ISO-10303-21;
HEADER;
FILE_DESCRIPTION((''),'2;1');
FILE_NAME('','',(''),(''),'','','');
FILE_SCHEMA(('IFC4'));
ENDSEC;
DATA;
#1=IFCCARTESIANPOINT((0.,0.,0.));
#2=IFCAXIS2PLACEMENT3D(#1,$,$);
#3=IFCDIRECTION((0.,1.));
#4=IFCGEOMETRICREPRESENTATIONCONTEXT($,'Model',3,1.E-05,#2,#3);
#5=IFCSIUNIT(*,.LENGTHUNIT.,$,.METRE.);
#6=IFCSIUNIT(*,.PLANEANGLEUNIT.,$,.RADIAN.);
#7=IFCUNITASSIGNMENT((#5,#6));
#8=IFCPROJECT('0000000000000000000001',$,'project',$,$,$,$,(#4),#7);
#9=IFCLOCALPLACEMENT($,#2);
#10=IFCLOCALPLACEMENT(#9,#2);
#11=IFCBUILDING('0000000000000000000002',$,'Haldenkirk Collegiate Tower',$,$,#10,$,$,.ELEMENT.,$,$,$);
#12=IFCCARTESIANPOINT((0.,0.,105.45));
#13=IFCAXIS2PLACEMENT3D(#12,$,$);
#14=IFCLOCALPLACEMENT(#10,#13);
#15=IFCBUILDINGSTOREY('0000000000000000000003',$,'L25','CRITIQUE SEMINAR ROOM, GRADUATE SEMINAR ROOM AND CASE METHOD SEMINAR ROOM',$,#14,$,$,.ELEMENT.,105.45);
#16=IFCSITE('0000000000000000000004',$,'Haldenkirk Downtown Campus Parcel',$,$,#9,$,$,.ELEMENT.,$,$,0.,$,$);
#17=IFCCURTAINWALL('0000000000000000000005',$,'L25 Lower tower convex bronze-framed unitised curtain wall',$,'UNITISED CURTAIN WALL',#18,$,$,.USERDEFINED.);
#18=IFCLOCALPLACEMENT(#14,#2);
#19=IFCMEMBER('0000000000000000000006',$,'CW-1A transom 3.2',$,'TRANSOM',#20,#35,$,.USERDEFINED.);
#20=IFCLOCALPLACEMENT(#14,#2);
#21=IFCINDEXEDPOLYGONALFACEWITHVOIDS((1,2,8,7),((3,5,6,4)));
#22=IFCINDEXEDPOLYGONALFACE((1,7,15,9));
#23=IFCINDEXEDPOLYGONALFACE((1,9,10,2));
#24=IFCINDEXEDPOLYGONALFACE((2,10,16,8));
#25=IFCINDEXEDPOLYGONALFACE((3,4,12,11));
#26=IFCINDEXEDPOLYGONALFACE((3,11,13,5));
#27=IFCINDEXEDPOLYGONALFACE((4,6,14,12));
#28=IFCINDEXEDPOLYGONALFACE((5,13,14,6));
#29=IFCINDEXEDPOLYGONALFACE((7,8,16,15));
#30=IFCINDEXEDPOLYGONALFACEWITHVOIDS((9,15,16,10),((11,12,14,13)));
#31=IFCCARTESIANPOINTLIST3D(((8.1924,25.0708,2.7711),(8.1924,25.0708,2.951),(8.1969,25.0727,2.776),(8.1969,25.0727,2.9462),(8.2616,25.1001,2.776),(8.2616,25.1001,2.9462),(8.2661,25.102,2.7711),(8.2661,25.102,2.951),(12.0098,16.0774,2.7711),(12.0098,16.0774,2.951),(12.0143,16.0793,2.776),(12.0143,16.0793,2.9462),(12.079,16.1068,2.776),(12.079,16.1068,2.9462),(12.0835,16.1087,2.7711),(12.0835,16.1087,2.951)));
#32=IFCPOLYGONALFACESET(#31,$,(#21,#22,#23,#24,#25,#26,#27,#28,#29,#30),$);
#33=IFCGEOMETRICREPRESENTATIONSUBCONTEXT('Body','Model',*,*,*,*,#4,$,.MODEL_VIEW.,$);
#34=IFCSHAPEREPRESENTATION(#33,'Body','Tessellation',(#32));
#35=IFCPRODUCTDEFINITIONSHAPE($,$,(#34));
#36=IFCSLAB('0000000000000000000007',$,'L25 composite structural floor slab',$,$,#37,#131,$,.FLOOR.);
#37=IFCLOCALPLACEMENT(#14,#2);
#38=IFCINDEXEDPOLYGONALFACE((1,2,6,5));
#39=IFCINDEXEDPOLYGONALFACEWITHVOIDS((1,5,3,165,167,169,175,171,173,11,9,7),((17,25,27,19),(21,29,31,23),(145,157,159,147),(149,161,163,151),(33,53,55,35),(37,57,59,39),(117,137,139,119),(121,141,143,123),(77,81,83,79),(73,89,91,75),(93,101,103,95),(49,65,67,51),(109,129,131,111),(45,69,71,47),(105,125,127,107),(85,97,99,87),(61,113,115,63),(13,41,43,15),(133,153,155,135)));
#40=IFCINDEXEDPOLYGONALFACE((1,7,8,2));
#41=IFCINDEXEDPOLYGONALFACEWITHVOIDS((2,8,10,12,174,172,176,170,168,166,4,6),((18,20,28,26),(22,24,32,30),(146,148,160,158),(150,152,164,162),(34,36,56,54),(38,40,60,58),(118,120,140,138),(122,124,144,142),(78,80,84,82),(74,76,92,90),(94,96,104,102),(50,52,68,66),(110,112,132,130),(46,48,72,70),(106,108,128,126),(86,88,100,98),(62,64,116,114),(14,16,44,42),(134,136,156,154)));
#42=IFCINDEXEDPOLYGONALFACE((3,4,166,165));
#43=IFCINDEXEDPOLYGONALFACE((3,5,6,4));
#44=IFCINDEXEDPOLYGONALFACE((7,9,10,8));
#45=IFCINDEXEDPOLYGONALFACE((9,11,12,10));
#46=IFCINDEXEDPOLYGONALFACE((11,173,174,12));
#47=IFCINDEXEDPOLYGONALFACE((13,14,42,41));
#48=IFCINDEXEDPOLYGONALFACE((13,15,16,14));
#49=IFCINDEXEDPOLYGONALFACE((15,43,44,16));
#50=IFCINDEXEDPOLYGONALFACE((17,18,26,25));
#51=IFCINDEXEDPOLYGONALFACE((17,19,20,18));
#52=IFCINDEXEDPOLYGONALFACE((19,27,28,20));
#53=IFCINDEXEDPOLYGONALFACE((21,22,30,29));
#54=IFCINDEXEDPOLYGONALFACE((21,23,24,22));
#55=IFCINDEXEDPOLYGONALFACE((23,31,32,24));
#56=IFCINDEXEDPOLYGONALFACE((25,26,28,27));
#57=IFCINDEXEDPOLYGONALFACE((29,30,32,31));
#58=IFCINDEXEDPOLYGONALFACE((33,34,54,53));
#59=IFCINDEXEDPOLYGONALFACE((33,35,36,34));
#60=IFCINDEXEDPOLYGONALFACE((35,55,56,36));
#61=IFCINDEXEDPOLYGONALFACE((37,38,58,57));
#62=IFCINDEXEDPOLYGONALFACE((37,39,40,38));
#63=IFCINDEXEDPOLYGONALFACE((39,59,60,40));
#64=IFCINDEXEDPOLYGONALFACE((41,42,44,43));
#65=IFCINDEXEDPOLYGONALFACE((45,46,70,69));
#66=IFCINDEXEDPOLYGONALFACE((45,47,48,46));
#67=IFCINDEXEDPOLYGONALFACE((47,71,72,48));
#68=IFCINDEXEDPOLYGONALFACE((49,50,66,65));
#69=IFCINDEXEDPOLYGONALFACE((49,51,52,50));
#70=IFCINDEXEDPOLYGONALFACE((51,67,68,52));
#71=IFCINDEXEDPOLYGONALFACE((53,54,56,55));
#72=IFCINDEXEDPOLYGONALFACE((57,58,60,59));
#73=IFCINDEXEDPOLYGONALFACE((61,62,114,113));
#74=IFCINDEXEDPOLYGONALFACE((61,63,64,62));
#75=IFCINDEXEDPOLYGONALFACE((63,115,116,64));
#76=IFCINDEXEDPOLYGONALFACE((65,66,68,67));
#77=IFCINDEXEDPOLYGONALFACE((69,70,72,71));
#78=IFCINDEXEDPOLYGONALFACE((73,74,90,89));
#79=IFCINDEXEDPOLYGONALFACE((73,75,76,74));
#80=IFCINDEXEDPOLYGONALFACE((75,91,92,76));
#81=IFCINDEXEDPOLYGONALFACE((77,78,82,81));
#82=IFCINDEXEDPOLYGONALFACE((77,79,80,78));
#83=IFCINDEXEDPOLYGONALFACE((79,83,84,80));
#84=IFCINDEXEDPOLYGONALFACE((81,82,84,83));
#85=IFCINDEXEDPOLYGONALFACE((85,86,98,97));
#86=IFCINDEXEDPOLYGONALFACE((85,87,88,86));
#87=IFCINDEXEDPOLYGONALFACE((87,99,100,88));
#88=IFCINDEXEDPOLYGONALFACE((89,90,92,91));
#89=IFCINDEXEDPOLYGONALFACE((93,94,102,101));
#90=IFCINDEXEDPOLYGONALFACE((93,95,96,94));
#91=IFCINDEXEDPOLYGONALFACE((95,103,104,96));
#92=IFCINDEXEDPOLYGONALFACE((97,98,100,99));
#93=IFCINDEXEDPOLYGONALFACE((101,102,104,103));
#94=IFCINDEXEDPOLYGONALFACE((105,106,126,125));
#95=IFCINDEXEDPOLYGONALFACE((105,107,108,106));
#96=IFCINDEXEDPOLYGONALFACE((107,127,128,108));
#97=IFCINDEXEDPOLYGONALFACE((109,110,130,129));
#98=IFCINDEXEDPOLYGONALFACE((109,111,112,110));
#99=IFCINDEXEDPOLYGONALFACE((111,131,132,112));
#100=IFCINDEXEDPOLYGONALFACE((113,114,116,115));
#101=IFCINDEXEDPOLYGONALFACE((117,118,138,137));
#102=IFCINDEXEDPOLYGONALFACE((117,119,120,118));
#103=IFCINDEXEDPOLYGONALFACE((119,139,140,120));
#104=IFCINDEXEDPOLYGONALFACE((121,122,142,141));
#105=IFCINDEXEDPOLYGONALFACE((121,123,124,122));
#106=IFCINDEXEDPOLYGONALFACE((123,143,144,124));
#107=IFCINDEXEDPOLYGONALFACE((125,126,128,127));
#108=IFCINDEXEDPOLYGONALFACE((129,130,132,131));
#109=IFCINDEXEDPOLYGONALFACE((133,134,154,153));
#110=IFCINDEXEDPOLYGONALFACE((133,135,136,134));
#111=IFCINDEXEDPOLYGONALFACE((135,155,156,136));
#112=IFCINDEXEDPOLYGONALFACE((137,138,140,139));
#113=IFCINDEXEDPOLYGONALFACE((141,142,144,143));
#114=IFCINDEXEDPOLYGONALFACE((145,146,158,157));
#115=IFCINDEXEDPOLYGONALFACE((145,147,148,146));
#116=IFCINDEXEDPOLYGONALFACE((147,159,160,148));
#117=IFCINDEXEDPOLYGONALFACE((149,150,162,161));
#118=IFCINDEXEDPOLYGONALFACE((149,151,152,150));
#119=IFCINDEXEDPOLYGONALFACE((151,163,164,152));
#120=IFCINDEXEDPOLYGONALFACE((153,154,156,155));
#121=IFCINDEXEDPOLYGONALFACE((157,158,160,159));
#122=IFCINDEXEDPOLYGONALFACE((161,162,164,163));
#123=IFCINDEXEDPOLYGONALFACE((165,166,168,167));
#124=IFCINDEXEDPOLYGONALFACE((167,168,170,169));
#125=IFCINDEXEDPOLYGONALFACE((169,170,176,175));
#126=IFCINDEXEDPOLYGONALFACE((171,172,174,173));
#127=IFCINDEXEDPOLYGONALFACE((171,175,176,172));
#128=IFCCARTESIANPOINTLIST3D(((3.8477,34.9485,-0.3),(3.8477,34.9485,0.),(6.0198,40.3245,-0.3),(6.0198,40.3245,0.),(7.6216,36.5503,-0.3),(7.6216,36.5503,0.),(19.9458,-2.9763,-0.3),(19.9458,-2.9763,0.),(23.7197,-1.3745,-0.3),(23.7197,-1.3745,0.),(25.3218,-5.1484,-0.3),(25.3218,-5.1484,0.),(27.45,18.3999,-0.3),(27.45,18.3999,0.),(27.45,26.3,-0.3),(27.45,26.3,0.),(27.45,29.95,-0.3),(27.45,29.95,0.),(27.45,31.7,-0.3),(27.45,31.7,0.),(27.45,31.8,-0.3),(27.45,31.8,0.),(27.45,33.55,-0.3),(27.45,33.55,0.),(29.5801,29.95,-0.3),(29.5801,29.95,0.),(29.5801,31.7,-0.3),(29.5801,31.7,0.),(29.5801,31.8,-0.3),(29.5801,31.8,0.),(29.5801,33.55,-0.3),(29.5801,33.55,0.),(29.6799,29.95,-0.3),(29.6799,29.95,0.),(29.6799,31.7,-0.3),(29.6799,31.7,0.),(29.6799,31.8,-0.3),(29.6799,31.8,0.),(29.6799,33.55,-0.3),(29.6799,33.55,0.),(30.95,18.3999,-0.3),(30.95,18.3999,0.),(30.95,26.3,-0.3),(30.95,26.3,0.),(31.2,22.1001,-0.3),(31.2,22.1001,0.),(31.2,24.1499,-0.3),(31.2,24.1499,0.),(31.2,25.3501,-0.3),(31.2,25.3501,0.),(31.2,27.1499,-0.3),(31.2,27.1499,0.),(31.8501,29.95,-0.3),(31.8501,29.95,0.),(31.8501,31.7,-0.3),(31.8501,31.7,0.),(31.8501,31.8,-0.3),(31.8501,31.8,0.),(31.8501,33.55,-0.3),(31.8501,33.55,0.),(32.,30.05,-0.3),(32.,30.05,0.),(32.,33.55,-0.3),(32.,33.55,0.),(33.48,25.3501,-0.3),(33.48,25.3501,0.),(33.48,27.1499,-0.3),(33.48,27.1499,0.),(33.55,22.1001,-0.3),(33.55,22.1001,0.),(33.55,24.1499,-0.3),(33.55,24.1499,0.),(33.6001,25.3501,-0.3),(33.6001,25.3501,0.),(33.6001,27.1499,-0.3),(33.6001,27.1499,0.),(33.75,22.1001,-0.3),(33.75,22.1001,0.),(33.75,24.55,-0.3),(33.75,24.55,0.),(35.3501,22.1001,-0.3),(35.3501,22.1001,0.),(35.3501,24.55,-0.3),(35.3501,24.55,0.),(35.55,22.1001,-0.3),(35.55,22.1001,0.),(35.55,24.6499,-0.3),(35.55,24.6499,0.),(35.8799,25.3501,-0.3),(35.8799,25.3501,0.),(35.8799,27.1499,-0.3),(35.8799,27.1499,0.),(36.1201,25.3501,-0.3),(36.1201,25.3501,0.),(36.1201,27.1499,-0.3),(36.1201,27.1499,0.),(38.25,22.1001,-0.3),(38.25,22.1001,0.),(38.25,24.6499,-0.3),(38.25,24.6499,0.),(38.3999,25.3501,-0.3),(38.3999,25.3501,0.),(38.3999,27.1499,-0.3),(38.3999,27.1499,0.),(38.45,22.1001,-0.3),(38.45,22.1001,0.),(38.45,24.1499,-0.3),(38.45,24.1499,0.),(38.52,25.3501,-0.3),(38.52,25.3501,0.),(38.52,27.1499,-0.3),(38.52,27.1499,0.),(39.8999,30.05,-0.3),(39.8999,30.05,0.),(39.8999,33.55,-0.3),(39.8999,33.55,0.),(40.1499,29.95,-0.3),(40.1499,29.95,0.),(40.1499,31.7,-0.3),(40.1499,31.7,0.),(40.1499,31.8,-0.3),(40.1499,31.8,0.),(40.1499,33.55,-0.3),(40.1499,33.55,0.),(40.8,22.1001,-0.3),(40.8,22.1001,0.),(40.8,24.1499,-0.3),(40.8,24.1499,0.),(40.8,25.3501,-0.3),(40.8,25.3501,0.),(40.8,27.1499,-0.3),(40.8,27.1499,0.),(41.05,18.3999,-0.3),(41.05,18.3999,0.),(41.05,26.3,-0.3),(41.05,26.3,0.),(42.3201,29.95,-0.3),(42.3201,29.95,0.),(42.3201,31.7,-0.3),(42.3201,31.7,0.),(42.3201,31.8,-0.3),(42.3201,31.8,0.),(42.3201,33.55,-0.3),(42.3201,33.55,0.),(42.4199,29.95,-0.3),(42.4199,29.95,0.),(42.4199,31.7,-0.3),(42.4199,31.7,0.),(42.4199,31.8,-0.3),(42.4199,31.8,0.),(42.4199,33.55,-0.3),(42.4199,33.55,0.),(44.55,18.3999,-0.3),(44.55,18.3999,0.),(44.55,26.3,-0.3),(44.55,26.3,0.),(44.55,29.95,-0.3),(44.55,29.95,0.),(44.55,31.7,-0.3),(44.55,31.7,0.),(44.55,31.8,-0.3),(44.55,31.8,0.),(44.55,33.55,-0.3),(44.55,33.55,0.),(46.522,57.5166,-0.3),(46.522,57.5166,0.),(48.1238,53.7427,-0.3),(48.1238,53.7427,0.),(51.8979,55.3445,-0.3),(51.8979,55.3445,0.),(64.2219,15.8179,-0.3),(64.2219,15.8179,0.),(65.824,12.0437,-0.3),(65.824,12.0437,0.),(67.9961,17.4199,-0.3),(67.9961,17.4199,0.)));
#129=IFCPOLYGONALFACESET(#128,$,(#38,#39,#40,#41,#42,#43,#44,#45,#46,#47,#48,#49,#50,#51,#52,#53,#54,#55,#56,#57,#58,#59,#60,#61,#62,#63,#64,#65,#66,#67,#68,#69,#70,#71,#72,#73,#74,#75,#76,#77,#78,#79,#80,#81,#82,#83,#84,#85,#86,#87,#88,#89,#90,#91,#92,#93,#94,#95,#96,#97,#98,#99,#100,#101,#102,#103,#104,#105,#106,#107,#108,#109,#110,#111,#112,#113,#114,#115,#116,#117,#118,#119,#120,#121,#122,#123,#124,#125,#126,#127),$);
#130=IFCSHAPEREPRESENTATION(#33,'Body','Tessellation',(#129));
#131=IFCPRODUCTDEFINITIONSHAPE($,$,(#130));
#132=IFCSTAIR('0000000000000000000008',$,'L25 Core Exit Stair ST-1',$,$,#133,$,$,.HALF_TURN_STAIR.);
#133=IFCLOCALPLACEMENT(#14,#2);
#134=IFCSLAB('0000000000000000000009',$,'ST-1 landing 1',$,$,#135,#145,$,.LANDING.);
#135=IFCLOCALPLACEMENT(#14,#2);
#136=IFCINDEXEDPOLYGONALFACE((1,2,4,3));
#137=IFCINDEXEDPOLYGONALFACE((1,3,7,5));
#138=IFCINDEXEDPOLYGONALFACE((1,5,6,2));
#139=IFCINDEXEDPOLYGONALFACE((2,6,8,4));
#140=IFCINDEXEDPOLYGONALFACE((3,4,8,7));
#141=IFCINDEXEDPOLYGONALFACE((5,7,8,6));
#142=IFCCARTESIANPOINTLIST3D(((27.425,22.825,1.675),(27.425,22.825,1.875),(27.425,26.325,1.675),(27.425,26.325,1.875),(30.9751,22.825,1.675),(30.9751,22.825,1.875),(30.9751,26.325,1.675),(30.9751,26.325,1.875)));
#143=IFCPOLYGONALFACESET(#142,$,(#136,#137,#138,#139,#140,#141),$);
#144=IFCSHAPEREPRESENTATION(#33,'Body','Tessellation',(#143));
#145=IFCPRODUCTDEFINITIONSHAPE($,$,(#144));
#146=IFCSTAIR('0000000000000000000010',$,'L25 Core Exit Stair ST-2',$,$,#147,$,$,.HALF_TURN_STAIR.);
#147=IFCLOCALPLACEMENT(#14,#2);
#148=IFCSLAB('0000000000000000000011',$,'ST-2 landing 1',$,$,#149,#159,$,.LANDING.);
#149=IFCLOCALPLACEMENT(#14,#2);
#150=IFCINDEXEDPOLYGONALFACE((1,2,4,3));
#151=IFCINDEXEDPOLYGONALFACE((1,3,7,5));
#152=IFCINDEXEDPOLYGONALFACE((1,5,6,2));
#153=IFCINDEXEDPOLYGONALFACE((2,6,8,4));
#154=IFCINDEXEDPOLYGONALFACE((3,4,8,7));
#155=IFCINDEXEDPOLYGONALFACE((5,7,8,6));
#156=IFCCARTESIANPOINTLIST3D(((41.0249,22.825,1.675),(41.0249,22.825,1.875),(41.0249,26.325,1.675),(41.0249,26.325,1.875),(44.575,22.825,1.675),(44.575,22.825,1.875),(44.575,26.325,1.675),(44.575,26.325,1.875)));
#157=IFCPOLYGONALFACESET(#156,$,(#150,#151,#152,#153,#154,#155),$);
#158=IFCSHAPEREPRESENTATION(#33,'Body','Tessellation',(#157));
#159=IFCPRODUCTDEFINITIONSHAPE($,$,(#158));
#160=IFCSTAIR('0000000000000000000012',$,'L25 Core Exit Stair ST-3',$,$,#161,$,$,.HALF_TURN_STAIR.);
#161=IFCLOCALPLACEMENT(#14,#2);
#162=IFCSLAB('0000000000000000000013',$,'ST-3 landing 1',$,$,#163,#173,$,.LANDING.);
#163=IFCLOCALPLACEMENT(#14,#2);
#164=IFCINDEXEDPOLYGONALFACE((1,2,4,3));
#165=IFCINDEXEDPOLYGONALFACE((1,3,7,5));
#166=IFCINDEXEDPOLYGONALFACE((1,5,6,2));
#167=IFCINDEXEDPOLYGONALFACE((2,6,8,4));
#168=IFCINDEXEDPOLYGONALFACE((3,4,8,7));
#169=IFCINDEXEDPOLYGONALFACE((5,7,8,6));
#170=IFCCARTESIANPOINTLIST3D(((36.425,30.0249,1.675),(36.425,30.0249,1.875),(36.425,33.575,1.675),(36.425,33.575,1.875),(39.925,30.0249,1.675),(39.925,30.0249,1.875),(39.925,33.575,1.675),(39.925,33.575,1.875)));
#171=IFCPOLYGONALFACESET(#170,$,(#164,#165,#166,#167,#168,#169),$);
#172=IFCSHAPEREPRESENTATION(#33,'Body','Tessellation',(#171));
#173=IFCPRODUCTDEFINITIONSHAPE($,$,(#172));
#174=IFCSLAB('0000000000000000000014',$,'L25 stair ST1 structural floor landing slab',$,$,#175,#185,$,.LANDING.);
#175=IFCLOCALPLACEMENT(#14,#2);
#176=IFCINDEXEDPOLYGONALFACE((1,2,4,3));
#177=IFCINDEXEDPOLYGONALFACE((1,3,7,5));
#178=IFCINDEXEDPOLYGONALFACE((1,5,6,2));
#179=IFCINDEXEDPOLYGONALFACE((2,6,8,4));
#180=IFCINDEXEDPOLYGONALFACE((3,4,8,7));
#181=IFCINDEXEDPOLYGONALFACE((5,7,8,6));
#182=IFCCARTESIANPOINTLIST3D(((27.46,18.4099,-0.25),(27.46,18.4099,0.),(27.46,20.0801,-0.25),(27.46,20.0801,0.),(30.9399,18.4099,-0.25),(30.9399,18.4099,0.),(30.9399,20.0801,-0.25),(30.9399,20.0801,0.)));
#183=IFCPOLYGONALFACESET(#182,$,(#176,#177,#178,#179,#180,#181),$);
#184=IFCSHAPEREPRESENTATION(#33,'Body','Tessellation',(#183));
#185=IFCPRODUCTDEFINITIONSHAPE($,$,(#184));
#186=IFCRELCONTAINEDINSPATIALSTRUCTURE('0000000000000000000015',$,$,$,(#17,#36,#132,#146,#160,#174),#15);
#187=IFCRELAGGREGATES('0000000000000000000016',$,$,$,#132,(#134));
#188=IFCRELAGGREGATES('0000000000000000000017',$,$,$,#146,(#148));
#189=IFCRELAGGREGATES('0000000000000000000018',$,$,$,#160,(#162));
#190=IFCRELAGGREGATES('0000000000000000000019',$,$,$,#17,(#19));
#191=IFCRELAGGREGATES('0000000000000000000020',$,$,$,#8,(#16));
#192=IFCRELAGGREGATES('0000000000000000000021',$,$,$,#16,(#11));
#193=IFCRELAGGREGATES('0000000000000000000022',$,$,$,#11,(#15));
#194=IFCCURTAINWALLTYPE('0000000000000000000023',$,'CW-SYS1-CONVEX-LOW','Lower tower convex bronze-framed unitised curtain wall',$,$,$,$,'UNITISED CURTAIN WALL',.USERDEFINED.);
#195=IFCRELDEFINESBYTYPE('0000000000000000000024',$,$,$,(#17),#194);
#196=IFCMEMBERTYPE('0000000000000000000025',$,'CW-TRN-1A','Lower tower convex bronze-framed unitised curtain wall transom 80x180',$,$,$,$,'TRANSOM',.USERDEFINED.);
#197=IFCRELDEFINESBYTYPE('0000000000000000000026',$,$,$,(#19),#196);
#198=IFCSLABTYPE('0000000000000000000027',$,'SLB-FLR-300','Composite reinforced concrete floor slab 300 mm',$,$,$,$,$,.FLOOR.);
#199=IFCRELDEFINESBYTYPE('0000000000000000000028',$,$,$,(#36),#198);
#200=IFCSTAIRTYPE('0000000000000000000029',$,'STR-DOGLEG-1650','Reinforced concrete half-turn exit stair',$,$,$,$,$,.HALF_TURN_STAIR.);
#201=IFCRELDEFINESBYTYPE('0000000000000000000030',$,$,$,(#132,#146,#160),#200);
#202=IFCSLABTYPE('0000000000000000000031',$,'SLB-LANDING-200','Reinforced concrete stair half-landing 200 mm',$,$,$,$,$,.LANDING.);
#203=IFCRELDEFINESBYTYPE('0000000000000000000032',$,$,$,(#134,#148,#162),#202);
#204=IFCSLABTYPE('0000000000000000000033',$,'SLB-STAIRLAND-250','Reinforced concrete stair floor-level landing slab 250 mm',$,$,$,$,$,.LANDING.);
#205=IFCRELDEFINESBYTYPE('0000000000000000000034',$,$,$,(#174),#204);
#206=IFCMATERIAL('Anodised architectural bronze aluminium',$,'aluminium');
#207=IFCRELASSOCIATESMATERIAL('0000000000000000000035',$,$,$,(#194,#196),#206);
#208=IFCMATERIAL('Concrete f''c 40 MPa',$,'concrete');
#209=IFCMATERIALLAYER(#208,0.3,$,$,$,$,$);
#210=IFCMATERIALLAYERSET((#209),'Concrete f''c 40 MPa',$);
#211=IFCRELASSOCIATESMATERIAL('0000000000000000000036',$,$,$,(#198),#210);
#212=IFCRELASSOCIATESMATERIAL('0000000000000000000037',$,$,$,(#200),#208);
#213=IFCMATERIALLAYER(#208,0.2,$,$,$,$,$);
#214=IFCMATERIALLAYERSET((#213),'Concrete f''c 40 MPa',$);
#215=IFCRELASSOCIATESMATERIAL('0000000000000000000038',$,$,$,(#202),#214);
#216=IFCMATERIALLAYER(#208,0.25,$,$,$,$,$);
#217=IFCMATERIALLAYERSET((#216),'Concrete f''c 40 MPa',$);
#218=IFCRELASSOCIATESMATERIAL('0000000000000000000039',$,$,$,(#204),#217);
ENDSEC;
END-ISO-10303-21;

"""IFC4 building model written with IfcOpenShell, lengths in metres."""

from ifc_helpers import new_model, si_unit, direction, frame, origin, origin_2d, place, context, subcontext, project, spatial, polyline, hollow_rectangle, outline, extrude, material, layer, layer_set, material_profile, profile_set, type_object, element, aggregate, save


model = new_model("IFC4")

# Units and contexts
model_context = context("Model", 3, precision=1e-05, world=origin(), true_north=direction((0.0, 1.0)))
body_context = subcontext(model_context, "Body", "Model", "MODEL_VIEW")
ifc_project = project(units=[si_unit("LENGTHUNIT", "METRE"), si_unit("PLANEANGLEUNIT", "RADIAN")], contexts=[model_context])

# Site, building, storey
site_placement = place(None, origin())
site = spatial("IfcSite", under=ifc_project, at=site_placement, Name="Haldenkirk Downtown Campus Parcel", CompositionType="ELEMENT", RefElevation=0.0)
building_placement = place(site_placement, origin())
building = spatial("IfcBuilding", under=site, at=building_placement, Name="Haldenkirk Collegiate Tower", CompositionType="ELEMENT")
storey_placement = place(building_placement, frame((0.0, 0.0, 105.45)))
storey = spatial("IfcBuildingStorey", under=building, at=storey_placement, Name="L25", Description="CRITIQUE SEMINAR ROOM, GRADUATE SEMINAR ROOM AND CASE METHOD SEMINAR ROOM", CompositionType="ELEMENT", Elevation=105.45)

# Curtain wall, member
ifc_material_1 = material(Name="Anodised architectural bronze aluminium", Category="aluminium")
curtain_wall_type = type_object("IfcCurtainWallType", Name="CW-SYS1-CONVEX-LOW", Description="Lower tower convex bronze-framed unitised curtain wall", ElementType="UNITISED CURTAIN WALL", PredefinedType="USERDEFINED", material=ifc_material_1)
curtain_wall_placement = place(storey_placement, origin())
curtain_wall = element("IfcCurtainWall", 1, at=curtain_wall_placement, inside=storey, type_object=curtain_wall_type, Name="L25 Lower tower convex bronze-framed unitised curtain wall", ObjectType="UNITISED CURTAIN WALL", PredefinedType="USERDEFINED")
ifc_material_profile_1 = material_profile(ifc_material_1, hollow_rectangle(XDim=0.0801, YDim=0.1799, WallThickness=0.0049, at=origin_2d()), Name="CW-TRN-1A")
ifc_profile_set_1 = profile_set([ifc_material_profile_1], Name="Anodised architectural bronze aluminium")
member_type_1 = type_object("IfcMemberType", Name="CW-TRN-1A", Description="Lower tower convex bronze-framed unitised curtain wall transom 80x180", ElementType="TRANSOM", PredefinedType="USERDEFINED", material=ifc_profile_set_1)
member_1_placement = place(storey_placement, frame((12.0466, 16.093, 2.8611), z_axis=(-0.390723, 0.920508, 0.0), x_axis=(-0.920508, -0.390723, 0.0)))
member_1 = element("IfcMember", 2, at=member_1_placement, type_object=member_type_1, Name="CW-1A transom 3.2", ObjectType="TRANSOM", PredefinedType="USERDEFINED", context=body_context, shape_type="SweptSolid", body=[
    extrude(hollow_rectangle(XDim=0.0801, YDim=0.1799, WallThickness=0.0049, at=origin_2d()), origin(), (0.0, 0.0, 1.0), 9.77),
])

# Slab
ifc_material_2 = material(Name="Concrete f'c 40 MPa", Category="concrete")
ifc_layer_1 = layer(ifc_material_2, 0.3)
ifc_layer_set_1 = layer_set([ifc_layer_1], Name="Concrete f'c 40 MPa")
slab_type_1 = type_object("IfcSlabType", Name="SLB-FLR-300", Description="Composite reinforced concrete floor slab 300 mm", PredefinedType="FLOOR", material=ifc_layer_set_1)
slab_1_placement = place(storey_placement, frame((0.0, 0.0, -0.3)))
element("IfcSlab", 3, at=slab_1_placement, inside=storey, type_object=slab_type_1, Name="L25 composite structural floor slab", PredefinedType="FLOOR", context=body_context, shape_type="SweptSolid", body=[
    extrude(outline(polyline([(25.3218, -5.1484), (65.824, 12.0437), (64.2219, 15.8179), (67.9961, 17.4199), (51.8979, 55.3445), (48.1238, 53.7427), (46.522, 57.5166), (6.0198, 40.3245), (7.6216, 36.5503), (3.8477, 34.9485), (19.9458, -2.9763), (23.7197, -1.3745), (25.3218, -5.1484)]), holes=[polyline([(27.45, 18.3999), (30.95, 18.3999), (30.95, 26.3), (27.45, 26.3), (27.45, 18.3999)]), polyline([(41.05, 18.3999), (44.55, 18.3999), (44.55, 26.3), (41.05, 26.3), (41.05, 18.3999)]), polyline([(32.0, 30.05), (39.8999, 30.05), (39.8999, 33.55), (32.0, 33.55), (32.0, 30.05)]), polyline([(33.75, 22.1001), (35.3501, 22.1001), (35.3501, 24.55), (33.75, 24.55), (33.75, 22.1001)]), polyline([(27.45, 29.95), (29.5801, 29.95), (29.5801, 31.7), (27.45, 31.7), (27.45, 29.95)]), polyline([(29.6799, 29.95), (31.8501, 29.95), (31.8501, 31.7), (29.6799, 31.7), (29.6799, 29.95)]), polyline([(27.45, 31.8), (29.5801, 31.8), (29.5801, 33.55), (27.45, 33.55), (27.45, 31.8)]), polyline([(29.6799, 31.8), (31.8501, 31.8), (31.8501, 33.55), (29.6799, 33.55), (29.6799, 31.8)]), polyline([(40.1499, 29.95), (42.3201, 29.95), (42.3201, 31.7), (40.1499, 31.7), (40.1499, 29.95)]), polyline([(42.4199, 29.95), (44.55, 29.95), (44.55, 31.7), (42.4199, 31.7), (42.4199, 29.95)]), polyline([(40.1499, 31.8), (42.3201, 31.8), (42.3201, 33.55), (40.1499, 33.55), (40.1499, 31.8)]), polyline([(42.4199, 31.8), (44.55, 31.8), (44.55, 33.55), (42.4199, 33.55), (42.4199, 31.8)]), polyline([(31.2, 25.3501), (33.48, 25.3501), (33.48, 27.1499), (31.2, 27.1499), (31.2, 25.3501)]), polyline([(33.6001, 25.3501), (35.8799, 25.3501), (35.8799, 27.1499), (33.6001, 27.1499), (33.6001, 25.3501)]), polyline([(36.1201, 25.3501), (38.3999, 25.3501), (38.3999, 27.1499), (36.1201, 27.1499), (36.1201, 25.3501)]), polyline([(38.52, 25.3501), (40.8, 25.3501), (40.8, 27.1499), (38.52, 27.1499), (38.52, 25.3501)]), polyline([(31.2, 22.1001), (33.55, 22.1001), (33.55, 24.1499), (31.2, 24.1499), (31.2, 22.1001)]), polyline([(38.45, 22.1001), (40.8, 22.1001), (40.8, 24.1499), (38.45, 24.1499), (38.45, 22.1001)]), polyline([(35.55, 22.1001), (38.25, 22.1001), (38.25, 24.6499), (35.55, 24.6499), (35.55, 22.1001)])]), origin(), (0.0, 0.0, 1.0), 0.3),
])

# Stairs, slabs
stair_type = type_object("IfcStairType", Name="STR-DOGLEG-1650", Description="Reinforced concrete half-turn exit stair", PredefinedType="HALF_TURN_STAIR", material=ifc_material_2)
stair_1_placement = place(storey_placement, origin())
stair_1 = element("IfcStair", 4, at=stair_1_placement, inside=storey, type_object=stair_type, Name="L25 Core Exit Stair ST-1", PredefinedType="HALF_TURN_STAIR")
ifc_layer_2 = layer(ifc_material_2, 0.2)
ifc_layer_set_2 = layer_set([ifc_layer_2], Name="Concrete f'c 40 MPa")
slab_type_2 = type_object("IfcSlabType", Name="SLB-LANDING-200", Description="Reinforced concrete stair half-landing 200 mm", PredefinedType="LANDING", material=ifc_layer_set_2)
slab_2_placement = place(storey_placement, frame((0.0, 0.0, 1.675)))
slab_2 = element("IfcSlab", 5, at=slab_2_placement, type_object=slab_type_2, Name="ST-1 landing 1", PredefinedType="LANDING", context=body_context, shape_type="SweptSolid", body=[
    extrude(outline(polyline([(30.9751, 22.825), (27.425, 22.825), (27.425, 26.325), (30.9751, 26.325), (30.9751, 22.825)])), origin(), (0.0, 0.0, 1.0), 0.2),
])
aggregate(stair_1, [slab_2])
stair_2_placement = place(storey_placement, origin())
stair_2 = element("IfcStair", 6, at=stair_2_placement, inside=storey, type_object=stair_type, Name="L25 Core Exit Stair ST-2", PredefinedType="HALF_TURN_STAIR")
slab_3_placement = place(storey_placement, frame((0.0, 0.0, 1.675)))
slab_3 = element("IfcSlab", 7, at=slab_3_placement, type_object=slab_type_2, Name="ST-2 landing 1", PredefinedType="LANDING", context=body_context, shape_type="SweptSolid", body=[
    extrude(outline(polyline([(44.575, 22.825), (41.0249, 22.825), (41.0249, 26.325), (44.575, 26.325), (44.575, 22.825)])), origin(), (0.0, 0.0, 1.0), 0.2),
])
aggregate(stair_2, [slab_3])
stair_3_placement = place(storey_placement, origin())
stair_3 = element("IfcStair", 8, at=stair_3_placement, inside=storey, type_object=stair_type, Name="L25 Core Exit Stair ST-3", PredefinedType="HALF_TURN_STAIR")
slab_4_placement = place(storey_placement, frame((0.0, 0.0, 1.675)))
slab_4 = element("IfcSlab", 9, at=slab_4_placement, type_object=slab_type_2, Name="ST-3 landing 1", PredefinedType="LANDING", context=body_context, shape_type="SweptSolid", body=[
    extrude(outline(polyline([(36.425, 30.0249), (36.425, 33.575), (39.925, 33.575), (39.925, 30.0249), (36.425, 30.0249)])), origin(), (0.0, 0.0, 1.0), 0.2),
])
aggregate(stair_3, [slab_4])

# Slab
ifc_layer_3 = layer(ifc_material_2, 0.25)
ifc_layer_set_3 = layer_set([ifc_layer_3], Name="Concrete f'c 40 MPa")
slab_type_3 = type_object("IfcSlabType", Name="SLB-STAIRLAND-250", Description="Reinforced concrete stair floor-level landing slab 250 mm", PredefinedType="LANDING", material=ifc_layer_set_3)
slab_5_placement = place(storey_placement, frame((0.0, 0.0, -0.25)))
element("IfcSlab", 10, at=slab_5_placement, inside=storey, type_object=slab_type_3, Name="L25 stair ST1 structural floor landing slab", PredefinedType="LANDING", context=body_context, shape_type="SweptSolid", body=[
    extrude(outline(polyline([(27.46, 18.4099), (30.9399, 18.4099), (30.9399, 20.0801), (27.46, 20.0801), (27.46, 18.4099)])), origin(), (0.0, 0.0, 1.0), 0.25),
])

aggregate(curtain_wall, [member_1])

save(model, "model.ifc")
